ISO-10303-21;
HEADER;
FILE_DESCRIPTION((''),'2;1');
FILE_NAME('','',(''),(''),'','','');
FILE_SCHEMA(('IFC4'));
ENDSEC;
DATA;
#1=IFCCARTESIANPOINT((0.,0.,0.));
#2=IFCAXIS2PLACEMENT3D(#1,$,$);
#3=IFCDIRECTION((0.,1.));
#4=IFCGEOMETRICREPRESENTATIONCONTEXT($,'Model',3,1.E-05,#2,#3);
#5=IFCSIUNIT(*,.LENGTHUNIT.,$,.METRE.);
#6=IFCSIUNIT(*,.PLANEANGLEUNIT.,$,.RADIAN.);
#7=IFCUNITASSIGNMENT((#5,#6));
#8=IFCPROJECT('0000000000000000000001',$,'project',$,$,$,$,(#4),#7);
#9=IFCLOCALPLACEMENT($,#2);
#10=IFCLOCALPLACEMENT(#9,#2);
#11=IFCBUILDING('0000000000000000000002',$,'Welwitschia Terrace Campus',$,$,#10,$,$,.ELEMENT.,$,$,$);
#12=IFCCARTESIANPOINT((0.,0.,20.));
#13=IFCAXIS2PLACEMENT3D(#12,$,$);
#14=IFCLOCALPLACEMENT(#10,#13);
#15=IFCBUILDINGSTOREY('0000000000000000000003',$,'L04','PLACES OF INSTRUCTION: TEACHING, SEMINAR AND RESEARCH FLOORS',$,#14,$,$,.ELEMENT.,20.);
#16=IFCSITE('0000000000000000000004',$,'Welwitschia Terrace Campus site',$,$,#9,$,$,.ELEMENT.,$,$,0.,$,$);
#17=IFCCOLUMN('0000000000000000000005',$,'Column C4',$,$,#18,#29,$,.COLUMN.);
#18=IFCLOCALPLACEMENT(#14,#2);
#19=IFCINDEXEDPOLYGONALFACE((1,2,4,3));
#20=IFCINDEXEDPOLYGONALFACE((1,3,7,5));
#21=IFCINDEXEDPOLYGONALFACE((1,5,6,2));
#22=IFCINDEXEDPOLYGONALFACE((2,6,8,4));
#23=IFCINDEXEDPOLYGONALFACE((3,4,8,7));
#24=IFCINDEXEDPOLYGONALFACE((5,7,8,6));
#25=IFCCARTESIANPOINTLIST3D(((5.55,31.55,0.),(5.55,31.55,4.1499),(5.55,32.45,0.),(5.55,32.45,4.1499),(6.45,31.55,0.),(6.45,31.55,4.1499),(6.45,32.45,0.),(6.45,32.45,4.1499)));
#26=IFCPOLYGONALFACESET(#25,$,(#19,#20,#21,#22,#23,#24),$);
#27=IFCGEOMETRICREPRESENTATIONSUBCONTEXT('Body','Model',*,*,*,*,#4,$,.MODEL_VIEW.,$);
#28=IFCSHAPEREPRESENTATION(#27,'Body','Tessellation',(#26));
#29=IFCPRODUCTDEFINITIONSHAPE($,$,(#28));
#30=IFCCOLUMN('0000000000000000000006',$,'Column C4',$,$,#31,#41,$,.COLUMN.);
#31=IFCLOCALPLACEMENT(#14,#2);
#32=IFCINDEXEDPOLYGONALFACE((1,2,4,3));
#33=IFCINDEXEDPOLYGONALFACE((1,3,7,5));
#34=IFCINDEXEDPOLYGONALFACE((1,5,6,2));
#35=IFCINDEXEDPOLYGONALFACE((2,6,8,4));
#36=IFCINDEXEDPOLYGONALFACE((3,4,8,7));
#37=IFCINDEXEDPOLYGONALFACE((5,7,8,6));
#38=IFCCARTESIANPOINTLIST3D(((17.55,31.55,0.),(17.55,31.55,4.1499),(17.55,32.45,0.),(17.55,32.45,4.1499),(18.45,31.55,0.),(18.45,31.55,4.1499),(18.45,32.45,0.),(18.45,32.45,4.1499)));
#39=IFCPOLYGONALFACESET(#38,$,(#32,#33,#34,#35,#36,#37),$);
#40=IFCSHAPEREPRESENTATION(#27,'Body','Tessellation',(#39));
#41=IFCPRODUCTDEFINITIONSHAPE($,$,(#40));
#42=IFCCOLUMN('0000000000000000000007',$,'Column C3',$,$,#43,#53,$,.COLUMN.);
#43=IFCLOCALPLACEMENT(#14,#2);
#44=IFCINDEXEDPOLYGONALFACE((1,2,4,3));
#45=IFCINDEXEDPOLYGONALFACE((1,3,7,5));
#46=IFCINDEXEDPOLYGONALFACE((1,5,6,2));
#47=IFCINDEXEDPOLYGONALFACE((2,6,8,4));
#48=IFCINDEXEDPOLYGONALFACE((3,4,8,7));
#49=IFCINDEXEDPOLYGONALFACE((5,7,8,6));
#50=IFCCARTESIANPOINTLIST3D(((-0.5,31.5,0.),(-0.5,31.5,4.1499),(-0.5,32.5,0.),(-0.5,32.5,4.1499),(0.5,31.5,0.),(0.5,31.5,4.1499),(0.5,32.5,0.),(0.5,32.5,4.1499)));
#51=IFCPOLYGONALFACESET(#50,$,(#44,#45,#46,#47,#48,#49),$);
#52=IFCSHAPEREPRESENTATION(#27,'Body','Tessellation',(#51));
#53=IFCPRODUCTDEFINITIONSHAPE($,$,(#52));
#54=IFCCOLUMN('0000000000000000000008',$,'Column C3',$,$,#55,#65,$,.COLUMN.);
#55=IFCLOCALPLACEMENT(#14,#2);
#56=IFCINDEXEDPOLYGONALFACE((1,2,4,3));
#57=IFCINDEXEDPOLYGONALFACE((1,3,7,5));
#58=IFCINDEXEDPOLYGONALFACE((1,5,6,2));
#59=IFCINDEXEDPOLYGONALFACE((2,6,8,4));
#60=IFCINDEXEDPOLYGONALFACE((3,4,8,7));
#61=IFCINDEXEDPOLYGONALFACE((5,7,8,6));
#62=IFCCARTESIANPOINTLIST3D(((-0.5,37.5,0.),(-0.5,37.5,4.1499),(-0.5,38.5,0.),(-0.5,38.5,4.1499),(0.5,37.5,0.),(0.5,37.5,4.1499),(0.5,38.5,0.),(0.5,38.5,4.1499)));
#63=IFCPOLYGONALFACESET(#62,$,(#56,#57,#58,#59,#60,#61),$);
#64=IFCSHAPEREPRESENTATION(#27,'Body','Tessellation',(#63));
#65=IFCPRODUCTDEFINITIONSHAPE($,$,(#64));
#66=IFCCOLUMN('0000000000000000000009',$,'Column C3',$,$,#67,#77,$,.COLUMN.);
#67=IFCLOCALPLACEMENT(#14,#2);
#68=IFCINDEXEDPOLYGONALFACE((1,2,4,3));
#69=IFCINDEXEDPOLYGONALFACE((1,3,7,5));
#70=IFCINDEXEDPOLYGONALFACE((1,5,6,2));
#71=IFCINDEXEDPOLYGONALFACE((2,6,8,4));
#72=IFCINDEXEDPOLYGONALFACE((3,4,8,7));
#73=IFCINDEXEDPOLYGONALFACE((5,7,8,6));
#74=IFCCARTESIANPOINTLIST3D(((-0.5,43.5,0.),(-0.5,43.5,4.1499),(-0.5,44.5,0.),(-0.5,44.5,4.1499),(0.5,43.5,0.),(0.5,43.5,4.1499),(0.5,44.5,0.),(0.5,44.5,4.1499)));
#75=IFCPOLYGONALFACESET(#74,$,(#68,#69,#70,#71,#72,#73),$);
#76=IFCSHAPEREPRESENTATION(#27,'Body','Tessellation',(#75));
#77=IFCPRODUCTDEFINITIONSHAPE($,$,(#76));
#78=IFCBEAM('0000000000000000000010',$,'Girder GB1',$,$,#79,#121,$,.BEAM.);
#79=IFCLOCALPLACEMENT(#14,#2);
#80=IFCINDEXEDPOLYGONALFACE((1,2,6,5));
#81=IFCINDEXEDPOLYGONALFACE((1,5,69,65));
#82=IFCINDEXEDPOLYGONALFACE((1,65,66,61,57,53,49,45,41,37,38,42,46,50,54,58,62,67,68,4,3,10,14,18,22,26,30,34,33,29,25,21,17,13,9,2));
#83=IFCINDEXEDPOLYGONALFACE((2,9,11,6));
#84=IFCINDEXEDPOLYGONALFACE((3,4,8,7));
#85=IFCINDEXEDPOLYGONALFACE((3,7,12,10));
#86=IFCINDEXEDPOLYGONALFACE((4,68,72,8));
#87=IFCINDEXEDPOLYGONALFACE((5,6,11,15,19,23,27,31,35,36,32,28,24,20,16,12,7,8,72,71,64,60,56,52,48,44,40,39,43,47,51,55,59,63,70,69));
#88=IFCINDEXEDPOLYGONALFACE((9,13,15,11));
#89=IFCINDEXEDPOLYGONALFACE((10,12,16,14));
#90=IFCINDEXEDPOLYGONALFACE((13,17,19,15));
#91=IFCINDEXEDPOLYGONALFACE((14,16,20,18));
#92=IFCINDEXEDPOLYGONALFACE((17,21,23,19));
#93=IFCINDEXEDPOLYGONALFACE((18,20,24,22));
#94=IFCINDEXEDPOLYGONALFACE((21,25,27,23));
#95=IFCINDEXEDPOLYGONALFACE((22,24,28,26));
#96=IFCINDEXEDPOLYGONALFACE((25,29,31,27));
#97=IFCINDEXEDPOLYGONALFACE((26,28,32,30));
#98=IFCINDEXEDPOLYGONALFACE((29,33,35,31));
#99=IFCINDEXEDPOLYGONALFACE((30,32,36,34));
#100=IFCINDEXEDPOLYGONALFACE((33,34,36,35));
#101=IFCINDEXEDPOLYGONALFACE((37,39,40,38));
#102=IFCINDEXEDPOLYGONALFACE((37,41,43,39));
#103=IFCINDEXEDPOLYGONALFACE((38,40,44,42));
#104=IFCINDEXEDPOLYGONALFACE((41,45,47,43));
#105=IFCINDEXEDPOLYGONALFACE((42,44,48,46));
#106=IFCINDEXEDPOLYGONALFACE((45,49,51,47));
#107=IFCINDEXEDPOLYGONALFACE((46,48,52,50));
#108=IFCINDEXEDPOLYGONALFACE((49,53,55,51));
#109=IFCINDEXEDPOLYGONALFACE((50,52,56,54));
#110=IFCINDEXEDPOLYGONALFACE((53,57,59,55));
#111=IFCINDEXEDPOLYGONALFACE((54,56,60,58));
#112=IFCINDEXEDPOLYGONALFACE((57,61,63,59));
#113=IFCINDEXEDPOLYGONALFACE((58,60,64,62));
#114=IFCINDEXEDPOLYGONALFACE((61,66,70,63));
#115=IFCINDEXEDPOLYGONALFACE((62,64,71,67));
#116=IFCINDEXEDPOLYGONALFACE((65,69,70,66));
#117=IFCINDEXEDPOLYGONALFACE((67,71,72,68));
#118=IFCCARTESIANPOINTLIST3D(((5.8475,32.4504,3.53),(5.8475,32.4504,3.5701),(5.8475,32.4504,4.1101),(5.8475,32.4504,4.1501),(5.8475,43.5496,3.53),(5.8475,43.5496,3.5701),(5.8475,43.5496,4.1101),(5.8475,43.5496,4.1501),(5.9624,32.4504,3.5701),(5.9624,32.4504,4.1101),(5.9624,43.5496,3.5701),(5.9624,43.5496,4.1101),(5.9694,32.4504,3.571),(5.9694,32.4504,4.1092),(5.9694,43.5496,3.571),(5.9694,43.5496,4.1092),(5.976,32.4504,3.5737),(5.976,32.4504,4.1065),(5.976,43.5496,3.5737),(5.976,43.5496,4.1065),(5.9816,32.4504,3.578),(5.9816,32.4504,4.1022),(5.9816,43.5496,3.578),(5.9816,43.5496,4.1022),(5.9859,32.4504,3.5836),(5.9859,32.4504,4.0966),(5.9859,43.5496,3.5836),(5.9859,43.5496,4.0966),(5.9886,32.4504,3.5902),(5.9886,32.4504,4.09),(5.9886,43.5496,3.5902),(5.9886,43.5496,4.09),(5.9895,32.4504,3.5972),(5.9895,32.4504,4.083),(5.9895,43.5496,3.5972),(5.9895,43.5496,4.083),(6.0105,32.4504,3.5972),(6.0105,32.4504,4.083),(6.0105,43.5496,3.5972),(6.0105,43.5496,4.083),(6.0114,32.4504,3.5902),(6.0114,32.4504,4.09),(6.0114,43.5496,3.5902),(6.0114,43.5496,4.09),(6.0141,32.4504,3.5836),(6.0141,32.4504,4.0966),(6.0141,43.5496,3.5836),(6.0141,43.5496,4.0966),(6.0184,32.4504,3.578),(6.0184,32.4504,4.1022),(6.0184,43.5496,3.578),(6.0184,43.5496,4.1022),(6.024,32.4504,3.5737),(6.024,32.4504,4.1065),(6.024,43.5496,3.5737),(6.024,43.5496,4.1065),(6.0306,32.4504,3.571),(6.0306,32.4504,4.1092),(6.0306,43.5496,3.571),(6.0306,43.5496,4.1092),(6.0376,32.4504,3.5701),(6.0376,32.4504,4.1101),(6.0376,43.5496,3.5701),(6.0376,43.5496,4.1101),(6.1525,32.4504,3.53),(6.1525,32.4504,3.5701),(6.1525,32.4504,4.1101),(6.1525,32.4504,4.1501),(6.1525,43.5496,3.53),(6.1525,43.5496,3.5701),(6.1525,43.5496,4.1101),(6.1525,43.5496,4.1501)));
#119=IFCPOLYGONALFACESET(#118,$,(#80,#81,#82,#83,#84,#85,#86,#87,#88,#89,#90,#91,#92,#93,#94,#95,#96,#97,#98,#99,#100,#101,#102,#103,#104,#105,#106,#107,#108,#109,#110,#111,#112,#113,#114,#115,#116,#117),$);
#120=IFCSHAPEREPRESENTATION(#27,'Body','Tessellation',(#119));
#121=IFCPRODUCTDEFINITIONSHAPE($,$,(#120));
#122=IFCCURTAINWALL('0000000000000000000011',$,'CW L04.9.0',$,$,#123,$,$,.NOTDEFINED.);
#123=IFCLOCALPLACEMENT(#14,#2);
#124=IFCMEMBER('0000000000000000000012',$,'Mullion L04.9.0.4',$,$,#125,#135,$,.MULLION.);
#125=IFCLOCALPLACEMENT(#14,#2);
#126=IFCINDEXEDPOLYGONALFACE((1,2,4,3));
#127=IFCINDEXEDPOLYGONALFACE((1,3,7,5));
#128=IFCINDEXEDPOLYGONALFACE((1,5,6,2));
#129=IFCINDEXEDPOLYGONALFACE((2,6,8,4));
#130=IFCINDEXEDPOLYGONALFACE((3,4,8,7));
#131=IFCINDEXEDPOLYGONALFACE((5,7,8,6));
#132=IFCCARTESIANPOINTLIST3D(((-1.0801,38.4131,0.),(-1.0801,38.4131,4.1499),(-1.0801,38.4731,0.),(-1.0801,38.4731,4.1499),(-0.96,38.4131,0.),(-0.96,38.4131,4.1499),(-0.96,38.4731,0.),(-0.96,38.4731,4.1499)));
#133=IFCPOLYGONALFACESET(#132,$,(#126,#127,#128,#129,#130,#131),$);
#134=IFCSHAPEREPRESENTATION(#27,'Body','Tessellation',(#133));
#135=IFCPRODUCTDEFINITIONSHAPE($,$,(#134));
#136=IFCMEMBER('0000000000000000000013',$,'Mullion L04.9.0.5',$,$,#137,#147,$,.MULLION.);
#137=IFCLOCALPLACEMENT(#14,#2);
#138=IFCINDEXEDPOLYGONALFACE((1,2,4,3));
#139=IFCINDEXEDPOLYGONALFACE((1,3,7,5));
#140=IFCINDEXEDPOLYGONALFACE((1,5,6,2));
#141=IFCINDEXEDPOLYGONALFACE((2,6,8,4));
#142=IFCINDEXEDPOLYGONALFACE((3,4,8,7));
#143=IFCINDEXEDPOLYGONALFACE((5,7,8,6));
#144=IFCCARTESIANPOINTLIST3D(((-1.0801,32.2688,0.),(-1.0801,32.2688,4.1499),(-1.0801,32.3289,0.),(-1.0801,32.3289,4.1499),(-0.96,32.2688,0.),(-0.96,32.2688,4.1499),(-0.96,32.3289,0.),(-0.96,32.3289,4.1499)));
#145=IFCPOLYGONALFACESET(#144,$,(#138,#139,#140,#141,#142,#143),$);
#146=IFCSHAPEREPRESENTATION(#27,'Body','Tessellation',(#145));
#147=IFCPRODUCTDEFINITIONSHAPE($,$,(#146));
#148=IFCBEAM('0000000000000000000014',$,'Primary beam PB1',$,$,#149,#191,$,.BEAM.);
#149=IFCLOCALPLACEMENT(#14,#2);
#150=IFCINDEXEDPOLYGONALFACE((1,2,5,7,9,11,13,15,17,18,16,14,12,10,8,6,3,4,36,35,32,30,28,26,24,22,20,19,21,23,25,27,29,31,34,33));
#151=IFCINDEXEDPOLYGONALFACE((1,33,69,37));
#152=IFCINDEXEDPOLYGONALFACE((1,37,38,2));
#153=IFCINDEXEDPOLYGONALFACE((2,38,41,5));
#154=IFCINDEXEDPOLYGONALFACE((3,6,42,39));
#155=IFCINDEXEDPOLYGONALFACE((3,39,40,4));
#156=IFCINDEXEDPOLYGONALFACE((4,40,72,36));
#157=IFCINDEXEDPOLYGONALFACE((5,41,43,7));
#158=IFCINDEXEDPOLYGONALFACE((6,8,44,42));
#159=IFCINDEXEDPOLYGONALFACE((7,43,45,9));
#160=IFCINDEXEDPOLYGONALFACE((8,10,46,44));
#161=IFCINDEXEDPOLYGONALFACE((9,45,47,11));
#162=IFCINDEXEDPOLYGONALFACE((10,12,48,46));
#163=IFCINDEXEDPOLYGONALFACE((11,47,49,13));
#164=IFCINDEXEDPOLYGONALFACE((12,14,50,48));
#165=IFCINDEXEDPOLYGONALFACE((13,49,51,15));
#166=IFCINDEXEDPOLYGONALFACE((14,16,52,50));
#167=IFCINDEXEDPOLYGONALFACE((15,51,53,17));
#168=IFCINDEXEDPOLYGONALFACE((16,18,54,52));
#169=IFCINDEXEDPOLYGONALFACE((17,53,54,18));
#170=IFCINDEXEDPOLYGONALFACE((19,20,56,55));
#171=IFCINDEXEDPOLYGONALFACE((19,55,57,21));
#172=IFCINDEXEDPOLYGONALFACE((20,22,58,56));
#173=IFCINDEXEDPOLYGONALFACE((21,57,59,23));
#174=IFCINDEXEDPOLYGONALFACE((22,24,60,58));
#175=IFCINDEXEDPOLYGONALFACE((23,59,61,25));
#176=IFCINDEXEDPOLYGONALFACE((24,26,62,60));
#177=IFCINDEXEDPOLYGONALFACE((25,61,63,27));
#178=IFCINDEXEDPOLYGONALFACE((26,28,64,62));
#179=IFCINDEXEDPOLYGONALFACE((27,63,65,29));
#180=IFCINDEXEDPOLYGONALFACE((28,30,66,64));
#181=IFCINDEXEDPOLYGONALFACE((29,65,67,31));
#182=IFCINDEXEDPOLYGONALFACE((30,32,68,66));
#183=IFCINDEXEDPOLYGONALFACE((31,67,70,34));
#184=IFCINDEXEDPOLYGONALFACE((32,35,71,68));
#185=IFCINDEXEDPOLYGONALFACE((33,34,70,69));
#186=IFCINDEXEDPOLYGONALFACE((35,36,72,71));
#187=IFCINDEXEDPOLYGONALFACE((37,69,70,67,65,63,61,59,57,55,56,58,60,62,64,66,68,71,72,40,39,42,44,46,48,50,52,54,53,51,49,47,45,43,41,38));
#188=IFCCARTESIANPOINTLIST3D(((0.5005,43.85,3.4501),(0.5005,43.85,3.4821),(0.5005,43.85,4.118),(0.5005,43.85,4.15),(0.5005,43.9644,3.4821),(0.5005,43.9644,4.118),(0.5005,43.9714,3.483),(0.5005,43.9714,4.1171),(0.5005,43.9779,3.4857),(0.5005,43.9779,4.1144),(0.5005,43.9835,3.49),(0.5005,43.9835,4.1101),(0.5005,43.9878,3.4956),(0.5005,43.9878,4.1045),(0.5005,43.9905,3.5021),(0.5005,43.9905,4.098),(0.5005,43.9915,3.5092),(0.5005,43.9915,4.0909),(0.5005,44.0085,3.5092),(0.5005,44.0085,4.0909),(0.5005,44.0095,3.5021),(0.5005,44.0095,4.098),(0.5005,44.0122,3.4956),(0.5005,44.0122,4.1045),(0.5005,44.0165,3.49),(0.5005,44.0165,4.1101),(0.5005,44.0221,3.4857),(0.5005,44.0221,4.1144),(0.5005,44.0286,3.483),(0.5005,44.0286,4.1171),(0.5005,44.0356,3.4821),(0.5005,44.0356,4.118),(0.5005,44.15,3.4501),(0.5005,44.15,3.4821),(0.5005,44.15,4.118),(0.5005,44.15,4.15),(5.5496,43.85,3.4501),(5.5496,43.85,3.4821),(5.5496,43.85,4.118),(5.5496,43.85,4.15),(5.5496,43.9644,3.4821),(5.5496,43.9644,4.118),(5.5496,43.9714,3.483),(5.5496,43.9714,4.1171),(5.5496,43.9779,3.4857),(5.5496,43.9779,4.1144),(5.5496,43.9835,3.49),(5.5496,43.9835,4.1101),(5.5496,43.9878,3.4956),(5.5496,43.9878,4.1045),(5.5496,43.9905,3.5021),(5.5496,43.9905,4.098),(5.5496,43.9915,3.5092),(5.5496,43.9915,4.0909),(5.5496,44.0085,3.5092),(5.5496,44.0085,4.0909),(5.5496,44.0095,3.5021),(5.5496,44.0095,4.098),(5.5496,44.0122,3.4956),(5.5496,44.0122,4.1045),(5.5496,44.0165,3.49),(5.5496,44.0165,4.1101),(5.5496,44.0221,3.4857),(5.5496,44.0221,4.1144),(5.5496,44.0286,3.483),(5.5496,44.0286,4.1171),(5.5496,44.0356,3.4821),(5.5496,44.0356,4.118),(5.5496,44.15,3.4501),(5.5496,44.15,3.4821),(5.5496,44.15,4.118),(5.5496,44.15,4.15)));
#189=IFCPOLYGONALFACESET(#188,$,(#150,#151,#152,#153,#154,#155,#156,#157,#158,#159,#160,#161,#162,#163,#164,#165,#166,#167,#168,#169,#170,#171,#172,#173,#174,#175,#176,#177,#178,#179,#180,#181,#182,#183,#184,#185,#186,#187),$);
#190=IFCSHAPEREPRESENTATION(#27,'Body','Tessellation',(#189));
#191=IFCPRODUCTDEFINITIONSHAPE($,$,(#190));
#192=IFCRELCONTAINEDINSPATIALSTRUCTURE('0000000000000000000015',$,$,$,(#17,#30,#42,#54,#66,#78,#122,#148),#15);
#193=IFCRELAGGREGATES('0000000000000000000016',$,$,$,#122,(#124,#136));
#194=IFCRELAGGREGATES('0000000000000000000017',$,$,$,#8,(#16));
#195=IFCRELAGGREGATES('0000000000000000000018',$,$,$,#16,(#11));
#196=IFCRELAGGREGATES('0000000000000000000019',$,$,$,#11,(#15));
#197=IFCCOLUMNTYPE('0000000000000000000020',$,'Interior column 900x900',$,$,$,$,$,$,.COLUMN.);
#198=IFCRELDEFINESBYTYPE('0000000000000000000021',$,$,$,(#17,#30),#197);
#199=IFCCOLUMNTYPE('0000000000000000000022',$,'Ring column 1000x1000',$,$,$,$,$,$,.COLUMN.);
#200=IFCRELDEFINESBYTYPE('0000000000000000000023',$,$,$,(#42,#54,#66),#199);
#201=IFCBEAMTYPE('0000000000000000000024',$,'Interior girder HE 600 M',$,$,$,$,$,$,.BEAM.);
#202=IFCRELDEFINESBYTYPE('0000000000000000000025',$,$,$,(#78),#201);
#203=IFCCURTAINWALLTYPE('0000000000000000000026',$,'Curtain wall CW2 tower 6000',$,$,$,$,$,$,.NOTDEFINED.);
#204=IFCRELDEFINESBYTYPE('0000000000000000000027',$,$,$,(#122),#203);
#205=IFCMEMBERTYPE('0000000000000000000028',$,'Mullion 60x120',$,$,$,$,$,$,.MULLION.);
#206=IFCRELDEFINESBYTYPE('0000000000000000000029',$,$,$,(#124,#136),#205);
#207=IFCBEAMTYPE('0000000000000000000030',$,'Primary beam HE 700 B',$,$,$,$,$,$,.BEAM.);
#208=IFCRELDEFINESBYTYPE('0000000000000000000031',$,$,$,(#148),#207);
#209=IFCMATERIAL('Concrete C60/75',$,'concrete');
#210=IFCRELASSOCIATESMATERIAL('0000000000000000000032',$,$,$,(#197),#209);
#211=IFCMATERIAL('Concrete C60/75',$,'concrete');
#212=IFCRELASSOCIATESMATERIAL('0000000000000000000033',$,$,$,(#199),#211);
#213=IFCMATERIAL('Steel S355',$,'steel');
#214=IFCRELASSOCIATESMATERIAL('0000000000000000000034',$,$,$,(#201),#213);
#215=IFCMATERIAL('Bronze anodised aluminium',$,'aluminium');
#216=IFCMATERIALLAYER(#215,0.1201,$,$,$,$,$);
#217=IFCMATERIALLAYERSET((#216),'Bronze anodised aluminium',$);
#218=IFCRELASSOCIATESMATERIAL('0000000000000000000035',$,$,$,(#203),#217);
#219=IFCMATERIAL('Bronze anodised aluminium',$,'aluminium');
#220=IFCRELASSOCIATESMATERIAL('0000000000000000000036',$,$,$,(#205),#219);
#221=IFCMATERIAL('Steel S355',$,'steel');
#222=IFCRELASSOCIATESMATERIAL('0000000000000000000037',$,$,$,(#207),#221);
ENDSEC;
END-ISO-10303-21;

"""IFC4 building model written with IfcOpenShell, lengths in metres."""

from ifc_helpers import new_model, si_unit, direction, frame, origin, origin_2d, place, context, subcontext, project, spatial, rectangle, i_section, extrude, material, layer, layer_set, material_profile, profile_set, type_object, element, aggregate, save


model = new_model("IFC4")

# Units and contexts
model_context = context("Model", 3, precision=1e-05, world=origin(), true_north=direction((0.0, 1.0)))
body_context = subcontext(model_context, "Body", "Model", "MODEL_VIEW")
ifc_project = project(units=[si_unit("LENGTHUNIT", "METRE"), si_unit("PLANEANGLEUNIT", "RADIAN")], contexts=[model_context])

# Site, building, storey
site_placement = place(None, origin())
site = spatial("IfcSite", under=ifc_project, at=site_placement, Name="Welwitschia Terrace Campus site", CompositionType="ELEMENT", RefElevation=0.0)
building_placement = place(site_placement, origin())
building = spatial("IfcBuilding", under=site, at=building_placement, Name="Welwitschia Terrace Campus", CompositionType="ELEMENT")
storey_placement = place(building_placement, frame((0.0, 0.0, 20.0)))
storey = spatial("IfcBuildingStorey", under=building, at=storey_placement, Name="L04", Description="PLACES OF INSTRUCTION: TEACHING, SEMINAR AND RESEARCH FLOORS", CompositionType="ELEMENT", Elevation=20.0)

# Columns
ifc_material_1 = material(Name="Concrete C60/75", Category="concrete")
ifc_material_profile_1 = material_profile(ifc_material_1, rectangle(XDim=0.8999, YDim=0.8999, at=origin_2d()))
ifc_profile_set_1 = profile_set([ifc_material_profile_1], Name="Concrete C60/75")
column_type_1 = type_object("IfcColumnType", Name="Interior column 900x900", PredefinedType="COLUMN", material=ifc_profile_set_1)
for number, where, z_axis, x_axis, name in (
    (1, (6.0, 32.0, 0.0), (0.0, 0.0, 1.0), (1.0, 0.0, 0.0), "Column C4"),
    (2, (18.0, 32.0, 0.0), (0.0, 0.0, 1.0), (1.0, 0.0, 0.0), "Column C4"),
):
    element("IfcColumn", number, at=place(storey_placement, frame(where, z_axis=z_axis, x_axis=x_axis)), inside=storey, type_object=column_type_1, Name=name, PredefinedType="COLUMN", context=body_context, shape_type="SweptSolid", body=[
        extrude(rectangle(XDim=0.8999, YDim=0.8999, at=origin_2d()), origin(), (0.0, 0.0, 1.0), 4.1499),
    ])
ifc_material_2 = material(Name="Concrete C60/75", Category="concrete")
ifc_material_profile_2 = material_profile(ifc_material_2, rectangle(XDim=1.0, YDim=1.0, at=origin_2d()))
ifc_profile_set_2 = profile_set([ifc_material_profile_2], Name="Concrete C60/75")
column_type_2 = type_object("IfcColumnType", Name="Ring column 1000x1000", PredefinedType="COLUMN", material=ifc_profile_set_2)
for number, where, z_axis, x_axis, name in (
    (3, (0.0, 32.0, 0.0), (0.0, 0.0, 1.0), (1.0, 0.0, 0.0), "Column C3"),
    (4, (0.0, 38.0, 0.0), (0.0, 0.0, 1.0), (1.0, 0.0, 0.0), "Column C3"),
    (5, (0.0, 44.0, 0.0), (0.0, 0.0, 1.0), (1.0, 0.0, 0.0), "Column C3"),
):
    element("IfcColumn", number, at=place(storey_placement, frame(where, z_axis=z_axis, x_axis=x_axis)), inside=storey, type_object=column_type_2, Name=name, PredefinedType="COLUMN", context=body_context, shape_type="SweptSolid", body=[
        extrude(rectangle(XDim=1.0, YDim=1.0, at=origin_2d()), origin(), (0.0, 0.0, 1.0), 4.1499),
    ])

# Beam
ifc_material_3 = material(Name="Steel S355", Category="steel")
ifc_material_profile_3 = material_profile(ifc_material_3, i_section(OverallWidth=0.3049, OverallDepth=0.6201, WebThickness=0.021, FlangeThickness=0.04, FilletRadius=0.0271, at=origin_2d()))
ifc_profile_set_3 = profile_set([ifc_material_profile_3], Name="Steel S355")
beam_type_1 = type_object("IfcBeamType", Name="Interior girder HE 600 M", PredefinedType="BEAM", material=ifc_profile_set_3)
beam_placement = place(storey_placement, frame((6.0, 32.4504, 3.8401), z_axis=(0.0, 1.0, 0.0), x_axis=(-1.0, 0.0, 0.0)))
element("IfcBeam", 6, at=beam_placement, inside=storey, type_object=beam_type_1, Name="Girder GB1", PredefinedType="BEAM", context=body_context, shape_type="SweptSolid", body=[
    extrude(i_section(OverallWidth=0.3049, OverallDepth=0.6201, WebThickness=0.021, FlangeThickness=0.04, FilletRadius=0.0271, at=origin_2d()), origin(), (0.0, 0.0, 1.0), 11.0991),
])

# Curtain wall, members
ifc_material_4 = material(Name="Bronze anodised aluminium", Category="aluminium")
ifc_layer_1 = layer(ifc_material_4, 0.1201)
ifc_layer_set_1 = layer_set([ifc_layer_1], Name="Bronze anodised aluminium")
curtain_wall_type = type_object("IfcCurtainWallType", Name="Curtain wall CW2 tower 6000", PredefinedType="NOTDEFINED", material=ifc_layer_set_1)
curtain_wall_placement = place(storey_placement, origin())
curtain_wall = element("IfcCurtainWall", 7, at=curtain_wall_placement, inside=storey, type_object=curtain_wall_type, Name="CW L04.9.0", PredefinedType="NOTDEFINED")
ifc_material_5 = material(Name="Bronze anodised aluminium", Category="aluminium")
ifc_material_profile_4 = material_profile(ifc_material_5, rectangle(XDim=0.1201, YDim=0.0601, at=origin_2d()))
ifc_profile_set_4 = profile_set([ifc_material_profile_4], Name="Bronze anodised aluminium")
member_type = type_object("IfcMemberType", Name="Mullion 60x120", PredefinedType="MULLION", material=ifc_profile_set_4)
member_1_placement = place(storey_placement, frame((-1.02, 38.4431, 0.0), z_axis=(0.0, 0.0, 1.0), x_axis=(1.0, 0.0, 0.0)))
member_1 = element("IfcMember", 8, at=member_1_placement, type_object=member_type, Name="Mullion L04.9.0.4", PredefinedType="MULLION", context=body_context, shape_type="SweptSolid", body=[
    extrude(rectangle(XDim=0.1201, YDim=0.0601, at=origin_2d()), origin(), (0.0, 0.0, 1.0), 4.1499),
])
member_2_placement = place(storey_placement, frame((-1.02, 32.2988, 0.0), z_axis=(0.0, 0.0, 1.0), x_axis=(1.0, 0.0, 0.0)))
member_2 = element("IfcMember", 9, at=member_2_placement, type_object=member_type, Name="Mullion L04.9.0.5", PredefinedType="MULLION", context=body_context, shape_type="SweptSolid", body=[
    extrude(rectangle(XDim=0.1201, YDim=0.0601, at=origin_2d()), origin(), (0.0, 0.0, 1.0), 4.1499),
])

# Beam
ifc_material_6 = material(Name="Steel S355", Category="steel")
ifc_material_profile_5 = material_profile(ifc_material_6, i_section(OverallWidth=0.3, OverallDepth=0.7, WebThickness=0.0171, FlangeThickness=0.032, FilletRadius=0.0271, at=origin_2d()))
ifc_profile_set_5 = profile_set([ifc_material_profile_5], Name="Steel S355")
beam_type_2 = type_object("IfcBeamType", Name="Primary beam HE 700 B", PredefinedType="BEAM", material=ifc_profile_set_5)
for number, where, z_axis, x_axis, name in (
    (10, (0.5005, 44.0, 3.8), (1.0, 0.0, 0.0), (0.0, 1.0, 0.0), "Primary beam PB1"),
):
    element("IfcBeam", number, at=place(storey_placement, frame(where, z_axis=z_axis, x_axis=x_axis)), inside=storey, type_object=beam_type_2, Name=name, PredefinedType="BEAM", context=body_context, shape_type="SweptSolid", body=[
        extrude(i_section(OverallWidth=0.3, OverallDepth=0.7, WebThickness=0.0171, FlangeThickness=0.032, FilletRadius=0.0271, at=origin_2d()), origin(), (0.0, 0.0, 1.0), 5.0491),
    ])

aggregate(curtain_wall, [member_1, member_2])

save(model, "model.ifc")
